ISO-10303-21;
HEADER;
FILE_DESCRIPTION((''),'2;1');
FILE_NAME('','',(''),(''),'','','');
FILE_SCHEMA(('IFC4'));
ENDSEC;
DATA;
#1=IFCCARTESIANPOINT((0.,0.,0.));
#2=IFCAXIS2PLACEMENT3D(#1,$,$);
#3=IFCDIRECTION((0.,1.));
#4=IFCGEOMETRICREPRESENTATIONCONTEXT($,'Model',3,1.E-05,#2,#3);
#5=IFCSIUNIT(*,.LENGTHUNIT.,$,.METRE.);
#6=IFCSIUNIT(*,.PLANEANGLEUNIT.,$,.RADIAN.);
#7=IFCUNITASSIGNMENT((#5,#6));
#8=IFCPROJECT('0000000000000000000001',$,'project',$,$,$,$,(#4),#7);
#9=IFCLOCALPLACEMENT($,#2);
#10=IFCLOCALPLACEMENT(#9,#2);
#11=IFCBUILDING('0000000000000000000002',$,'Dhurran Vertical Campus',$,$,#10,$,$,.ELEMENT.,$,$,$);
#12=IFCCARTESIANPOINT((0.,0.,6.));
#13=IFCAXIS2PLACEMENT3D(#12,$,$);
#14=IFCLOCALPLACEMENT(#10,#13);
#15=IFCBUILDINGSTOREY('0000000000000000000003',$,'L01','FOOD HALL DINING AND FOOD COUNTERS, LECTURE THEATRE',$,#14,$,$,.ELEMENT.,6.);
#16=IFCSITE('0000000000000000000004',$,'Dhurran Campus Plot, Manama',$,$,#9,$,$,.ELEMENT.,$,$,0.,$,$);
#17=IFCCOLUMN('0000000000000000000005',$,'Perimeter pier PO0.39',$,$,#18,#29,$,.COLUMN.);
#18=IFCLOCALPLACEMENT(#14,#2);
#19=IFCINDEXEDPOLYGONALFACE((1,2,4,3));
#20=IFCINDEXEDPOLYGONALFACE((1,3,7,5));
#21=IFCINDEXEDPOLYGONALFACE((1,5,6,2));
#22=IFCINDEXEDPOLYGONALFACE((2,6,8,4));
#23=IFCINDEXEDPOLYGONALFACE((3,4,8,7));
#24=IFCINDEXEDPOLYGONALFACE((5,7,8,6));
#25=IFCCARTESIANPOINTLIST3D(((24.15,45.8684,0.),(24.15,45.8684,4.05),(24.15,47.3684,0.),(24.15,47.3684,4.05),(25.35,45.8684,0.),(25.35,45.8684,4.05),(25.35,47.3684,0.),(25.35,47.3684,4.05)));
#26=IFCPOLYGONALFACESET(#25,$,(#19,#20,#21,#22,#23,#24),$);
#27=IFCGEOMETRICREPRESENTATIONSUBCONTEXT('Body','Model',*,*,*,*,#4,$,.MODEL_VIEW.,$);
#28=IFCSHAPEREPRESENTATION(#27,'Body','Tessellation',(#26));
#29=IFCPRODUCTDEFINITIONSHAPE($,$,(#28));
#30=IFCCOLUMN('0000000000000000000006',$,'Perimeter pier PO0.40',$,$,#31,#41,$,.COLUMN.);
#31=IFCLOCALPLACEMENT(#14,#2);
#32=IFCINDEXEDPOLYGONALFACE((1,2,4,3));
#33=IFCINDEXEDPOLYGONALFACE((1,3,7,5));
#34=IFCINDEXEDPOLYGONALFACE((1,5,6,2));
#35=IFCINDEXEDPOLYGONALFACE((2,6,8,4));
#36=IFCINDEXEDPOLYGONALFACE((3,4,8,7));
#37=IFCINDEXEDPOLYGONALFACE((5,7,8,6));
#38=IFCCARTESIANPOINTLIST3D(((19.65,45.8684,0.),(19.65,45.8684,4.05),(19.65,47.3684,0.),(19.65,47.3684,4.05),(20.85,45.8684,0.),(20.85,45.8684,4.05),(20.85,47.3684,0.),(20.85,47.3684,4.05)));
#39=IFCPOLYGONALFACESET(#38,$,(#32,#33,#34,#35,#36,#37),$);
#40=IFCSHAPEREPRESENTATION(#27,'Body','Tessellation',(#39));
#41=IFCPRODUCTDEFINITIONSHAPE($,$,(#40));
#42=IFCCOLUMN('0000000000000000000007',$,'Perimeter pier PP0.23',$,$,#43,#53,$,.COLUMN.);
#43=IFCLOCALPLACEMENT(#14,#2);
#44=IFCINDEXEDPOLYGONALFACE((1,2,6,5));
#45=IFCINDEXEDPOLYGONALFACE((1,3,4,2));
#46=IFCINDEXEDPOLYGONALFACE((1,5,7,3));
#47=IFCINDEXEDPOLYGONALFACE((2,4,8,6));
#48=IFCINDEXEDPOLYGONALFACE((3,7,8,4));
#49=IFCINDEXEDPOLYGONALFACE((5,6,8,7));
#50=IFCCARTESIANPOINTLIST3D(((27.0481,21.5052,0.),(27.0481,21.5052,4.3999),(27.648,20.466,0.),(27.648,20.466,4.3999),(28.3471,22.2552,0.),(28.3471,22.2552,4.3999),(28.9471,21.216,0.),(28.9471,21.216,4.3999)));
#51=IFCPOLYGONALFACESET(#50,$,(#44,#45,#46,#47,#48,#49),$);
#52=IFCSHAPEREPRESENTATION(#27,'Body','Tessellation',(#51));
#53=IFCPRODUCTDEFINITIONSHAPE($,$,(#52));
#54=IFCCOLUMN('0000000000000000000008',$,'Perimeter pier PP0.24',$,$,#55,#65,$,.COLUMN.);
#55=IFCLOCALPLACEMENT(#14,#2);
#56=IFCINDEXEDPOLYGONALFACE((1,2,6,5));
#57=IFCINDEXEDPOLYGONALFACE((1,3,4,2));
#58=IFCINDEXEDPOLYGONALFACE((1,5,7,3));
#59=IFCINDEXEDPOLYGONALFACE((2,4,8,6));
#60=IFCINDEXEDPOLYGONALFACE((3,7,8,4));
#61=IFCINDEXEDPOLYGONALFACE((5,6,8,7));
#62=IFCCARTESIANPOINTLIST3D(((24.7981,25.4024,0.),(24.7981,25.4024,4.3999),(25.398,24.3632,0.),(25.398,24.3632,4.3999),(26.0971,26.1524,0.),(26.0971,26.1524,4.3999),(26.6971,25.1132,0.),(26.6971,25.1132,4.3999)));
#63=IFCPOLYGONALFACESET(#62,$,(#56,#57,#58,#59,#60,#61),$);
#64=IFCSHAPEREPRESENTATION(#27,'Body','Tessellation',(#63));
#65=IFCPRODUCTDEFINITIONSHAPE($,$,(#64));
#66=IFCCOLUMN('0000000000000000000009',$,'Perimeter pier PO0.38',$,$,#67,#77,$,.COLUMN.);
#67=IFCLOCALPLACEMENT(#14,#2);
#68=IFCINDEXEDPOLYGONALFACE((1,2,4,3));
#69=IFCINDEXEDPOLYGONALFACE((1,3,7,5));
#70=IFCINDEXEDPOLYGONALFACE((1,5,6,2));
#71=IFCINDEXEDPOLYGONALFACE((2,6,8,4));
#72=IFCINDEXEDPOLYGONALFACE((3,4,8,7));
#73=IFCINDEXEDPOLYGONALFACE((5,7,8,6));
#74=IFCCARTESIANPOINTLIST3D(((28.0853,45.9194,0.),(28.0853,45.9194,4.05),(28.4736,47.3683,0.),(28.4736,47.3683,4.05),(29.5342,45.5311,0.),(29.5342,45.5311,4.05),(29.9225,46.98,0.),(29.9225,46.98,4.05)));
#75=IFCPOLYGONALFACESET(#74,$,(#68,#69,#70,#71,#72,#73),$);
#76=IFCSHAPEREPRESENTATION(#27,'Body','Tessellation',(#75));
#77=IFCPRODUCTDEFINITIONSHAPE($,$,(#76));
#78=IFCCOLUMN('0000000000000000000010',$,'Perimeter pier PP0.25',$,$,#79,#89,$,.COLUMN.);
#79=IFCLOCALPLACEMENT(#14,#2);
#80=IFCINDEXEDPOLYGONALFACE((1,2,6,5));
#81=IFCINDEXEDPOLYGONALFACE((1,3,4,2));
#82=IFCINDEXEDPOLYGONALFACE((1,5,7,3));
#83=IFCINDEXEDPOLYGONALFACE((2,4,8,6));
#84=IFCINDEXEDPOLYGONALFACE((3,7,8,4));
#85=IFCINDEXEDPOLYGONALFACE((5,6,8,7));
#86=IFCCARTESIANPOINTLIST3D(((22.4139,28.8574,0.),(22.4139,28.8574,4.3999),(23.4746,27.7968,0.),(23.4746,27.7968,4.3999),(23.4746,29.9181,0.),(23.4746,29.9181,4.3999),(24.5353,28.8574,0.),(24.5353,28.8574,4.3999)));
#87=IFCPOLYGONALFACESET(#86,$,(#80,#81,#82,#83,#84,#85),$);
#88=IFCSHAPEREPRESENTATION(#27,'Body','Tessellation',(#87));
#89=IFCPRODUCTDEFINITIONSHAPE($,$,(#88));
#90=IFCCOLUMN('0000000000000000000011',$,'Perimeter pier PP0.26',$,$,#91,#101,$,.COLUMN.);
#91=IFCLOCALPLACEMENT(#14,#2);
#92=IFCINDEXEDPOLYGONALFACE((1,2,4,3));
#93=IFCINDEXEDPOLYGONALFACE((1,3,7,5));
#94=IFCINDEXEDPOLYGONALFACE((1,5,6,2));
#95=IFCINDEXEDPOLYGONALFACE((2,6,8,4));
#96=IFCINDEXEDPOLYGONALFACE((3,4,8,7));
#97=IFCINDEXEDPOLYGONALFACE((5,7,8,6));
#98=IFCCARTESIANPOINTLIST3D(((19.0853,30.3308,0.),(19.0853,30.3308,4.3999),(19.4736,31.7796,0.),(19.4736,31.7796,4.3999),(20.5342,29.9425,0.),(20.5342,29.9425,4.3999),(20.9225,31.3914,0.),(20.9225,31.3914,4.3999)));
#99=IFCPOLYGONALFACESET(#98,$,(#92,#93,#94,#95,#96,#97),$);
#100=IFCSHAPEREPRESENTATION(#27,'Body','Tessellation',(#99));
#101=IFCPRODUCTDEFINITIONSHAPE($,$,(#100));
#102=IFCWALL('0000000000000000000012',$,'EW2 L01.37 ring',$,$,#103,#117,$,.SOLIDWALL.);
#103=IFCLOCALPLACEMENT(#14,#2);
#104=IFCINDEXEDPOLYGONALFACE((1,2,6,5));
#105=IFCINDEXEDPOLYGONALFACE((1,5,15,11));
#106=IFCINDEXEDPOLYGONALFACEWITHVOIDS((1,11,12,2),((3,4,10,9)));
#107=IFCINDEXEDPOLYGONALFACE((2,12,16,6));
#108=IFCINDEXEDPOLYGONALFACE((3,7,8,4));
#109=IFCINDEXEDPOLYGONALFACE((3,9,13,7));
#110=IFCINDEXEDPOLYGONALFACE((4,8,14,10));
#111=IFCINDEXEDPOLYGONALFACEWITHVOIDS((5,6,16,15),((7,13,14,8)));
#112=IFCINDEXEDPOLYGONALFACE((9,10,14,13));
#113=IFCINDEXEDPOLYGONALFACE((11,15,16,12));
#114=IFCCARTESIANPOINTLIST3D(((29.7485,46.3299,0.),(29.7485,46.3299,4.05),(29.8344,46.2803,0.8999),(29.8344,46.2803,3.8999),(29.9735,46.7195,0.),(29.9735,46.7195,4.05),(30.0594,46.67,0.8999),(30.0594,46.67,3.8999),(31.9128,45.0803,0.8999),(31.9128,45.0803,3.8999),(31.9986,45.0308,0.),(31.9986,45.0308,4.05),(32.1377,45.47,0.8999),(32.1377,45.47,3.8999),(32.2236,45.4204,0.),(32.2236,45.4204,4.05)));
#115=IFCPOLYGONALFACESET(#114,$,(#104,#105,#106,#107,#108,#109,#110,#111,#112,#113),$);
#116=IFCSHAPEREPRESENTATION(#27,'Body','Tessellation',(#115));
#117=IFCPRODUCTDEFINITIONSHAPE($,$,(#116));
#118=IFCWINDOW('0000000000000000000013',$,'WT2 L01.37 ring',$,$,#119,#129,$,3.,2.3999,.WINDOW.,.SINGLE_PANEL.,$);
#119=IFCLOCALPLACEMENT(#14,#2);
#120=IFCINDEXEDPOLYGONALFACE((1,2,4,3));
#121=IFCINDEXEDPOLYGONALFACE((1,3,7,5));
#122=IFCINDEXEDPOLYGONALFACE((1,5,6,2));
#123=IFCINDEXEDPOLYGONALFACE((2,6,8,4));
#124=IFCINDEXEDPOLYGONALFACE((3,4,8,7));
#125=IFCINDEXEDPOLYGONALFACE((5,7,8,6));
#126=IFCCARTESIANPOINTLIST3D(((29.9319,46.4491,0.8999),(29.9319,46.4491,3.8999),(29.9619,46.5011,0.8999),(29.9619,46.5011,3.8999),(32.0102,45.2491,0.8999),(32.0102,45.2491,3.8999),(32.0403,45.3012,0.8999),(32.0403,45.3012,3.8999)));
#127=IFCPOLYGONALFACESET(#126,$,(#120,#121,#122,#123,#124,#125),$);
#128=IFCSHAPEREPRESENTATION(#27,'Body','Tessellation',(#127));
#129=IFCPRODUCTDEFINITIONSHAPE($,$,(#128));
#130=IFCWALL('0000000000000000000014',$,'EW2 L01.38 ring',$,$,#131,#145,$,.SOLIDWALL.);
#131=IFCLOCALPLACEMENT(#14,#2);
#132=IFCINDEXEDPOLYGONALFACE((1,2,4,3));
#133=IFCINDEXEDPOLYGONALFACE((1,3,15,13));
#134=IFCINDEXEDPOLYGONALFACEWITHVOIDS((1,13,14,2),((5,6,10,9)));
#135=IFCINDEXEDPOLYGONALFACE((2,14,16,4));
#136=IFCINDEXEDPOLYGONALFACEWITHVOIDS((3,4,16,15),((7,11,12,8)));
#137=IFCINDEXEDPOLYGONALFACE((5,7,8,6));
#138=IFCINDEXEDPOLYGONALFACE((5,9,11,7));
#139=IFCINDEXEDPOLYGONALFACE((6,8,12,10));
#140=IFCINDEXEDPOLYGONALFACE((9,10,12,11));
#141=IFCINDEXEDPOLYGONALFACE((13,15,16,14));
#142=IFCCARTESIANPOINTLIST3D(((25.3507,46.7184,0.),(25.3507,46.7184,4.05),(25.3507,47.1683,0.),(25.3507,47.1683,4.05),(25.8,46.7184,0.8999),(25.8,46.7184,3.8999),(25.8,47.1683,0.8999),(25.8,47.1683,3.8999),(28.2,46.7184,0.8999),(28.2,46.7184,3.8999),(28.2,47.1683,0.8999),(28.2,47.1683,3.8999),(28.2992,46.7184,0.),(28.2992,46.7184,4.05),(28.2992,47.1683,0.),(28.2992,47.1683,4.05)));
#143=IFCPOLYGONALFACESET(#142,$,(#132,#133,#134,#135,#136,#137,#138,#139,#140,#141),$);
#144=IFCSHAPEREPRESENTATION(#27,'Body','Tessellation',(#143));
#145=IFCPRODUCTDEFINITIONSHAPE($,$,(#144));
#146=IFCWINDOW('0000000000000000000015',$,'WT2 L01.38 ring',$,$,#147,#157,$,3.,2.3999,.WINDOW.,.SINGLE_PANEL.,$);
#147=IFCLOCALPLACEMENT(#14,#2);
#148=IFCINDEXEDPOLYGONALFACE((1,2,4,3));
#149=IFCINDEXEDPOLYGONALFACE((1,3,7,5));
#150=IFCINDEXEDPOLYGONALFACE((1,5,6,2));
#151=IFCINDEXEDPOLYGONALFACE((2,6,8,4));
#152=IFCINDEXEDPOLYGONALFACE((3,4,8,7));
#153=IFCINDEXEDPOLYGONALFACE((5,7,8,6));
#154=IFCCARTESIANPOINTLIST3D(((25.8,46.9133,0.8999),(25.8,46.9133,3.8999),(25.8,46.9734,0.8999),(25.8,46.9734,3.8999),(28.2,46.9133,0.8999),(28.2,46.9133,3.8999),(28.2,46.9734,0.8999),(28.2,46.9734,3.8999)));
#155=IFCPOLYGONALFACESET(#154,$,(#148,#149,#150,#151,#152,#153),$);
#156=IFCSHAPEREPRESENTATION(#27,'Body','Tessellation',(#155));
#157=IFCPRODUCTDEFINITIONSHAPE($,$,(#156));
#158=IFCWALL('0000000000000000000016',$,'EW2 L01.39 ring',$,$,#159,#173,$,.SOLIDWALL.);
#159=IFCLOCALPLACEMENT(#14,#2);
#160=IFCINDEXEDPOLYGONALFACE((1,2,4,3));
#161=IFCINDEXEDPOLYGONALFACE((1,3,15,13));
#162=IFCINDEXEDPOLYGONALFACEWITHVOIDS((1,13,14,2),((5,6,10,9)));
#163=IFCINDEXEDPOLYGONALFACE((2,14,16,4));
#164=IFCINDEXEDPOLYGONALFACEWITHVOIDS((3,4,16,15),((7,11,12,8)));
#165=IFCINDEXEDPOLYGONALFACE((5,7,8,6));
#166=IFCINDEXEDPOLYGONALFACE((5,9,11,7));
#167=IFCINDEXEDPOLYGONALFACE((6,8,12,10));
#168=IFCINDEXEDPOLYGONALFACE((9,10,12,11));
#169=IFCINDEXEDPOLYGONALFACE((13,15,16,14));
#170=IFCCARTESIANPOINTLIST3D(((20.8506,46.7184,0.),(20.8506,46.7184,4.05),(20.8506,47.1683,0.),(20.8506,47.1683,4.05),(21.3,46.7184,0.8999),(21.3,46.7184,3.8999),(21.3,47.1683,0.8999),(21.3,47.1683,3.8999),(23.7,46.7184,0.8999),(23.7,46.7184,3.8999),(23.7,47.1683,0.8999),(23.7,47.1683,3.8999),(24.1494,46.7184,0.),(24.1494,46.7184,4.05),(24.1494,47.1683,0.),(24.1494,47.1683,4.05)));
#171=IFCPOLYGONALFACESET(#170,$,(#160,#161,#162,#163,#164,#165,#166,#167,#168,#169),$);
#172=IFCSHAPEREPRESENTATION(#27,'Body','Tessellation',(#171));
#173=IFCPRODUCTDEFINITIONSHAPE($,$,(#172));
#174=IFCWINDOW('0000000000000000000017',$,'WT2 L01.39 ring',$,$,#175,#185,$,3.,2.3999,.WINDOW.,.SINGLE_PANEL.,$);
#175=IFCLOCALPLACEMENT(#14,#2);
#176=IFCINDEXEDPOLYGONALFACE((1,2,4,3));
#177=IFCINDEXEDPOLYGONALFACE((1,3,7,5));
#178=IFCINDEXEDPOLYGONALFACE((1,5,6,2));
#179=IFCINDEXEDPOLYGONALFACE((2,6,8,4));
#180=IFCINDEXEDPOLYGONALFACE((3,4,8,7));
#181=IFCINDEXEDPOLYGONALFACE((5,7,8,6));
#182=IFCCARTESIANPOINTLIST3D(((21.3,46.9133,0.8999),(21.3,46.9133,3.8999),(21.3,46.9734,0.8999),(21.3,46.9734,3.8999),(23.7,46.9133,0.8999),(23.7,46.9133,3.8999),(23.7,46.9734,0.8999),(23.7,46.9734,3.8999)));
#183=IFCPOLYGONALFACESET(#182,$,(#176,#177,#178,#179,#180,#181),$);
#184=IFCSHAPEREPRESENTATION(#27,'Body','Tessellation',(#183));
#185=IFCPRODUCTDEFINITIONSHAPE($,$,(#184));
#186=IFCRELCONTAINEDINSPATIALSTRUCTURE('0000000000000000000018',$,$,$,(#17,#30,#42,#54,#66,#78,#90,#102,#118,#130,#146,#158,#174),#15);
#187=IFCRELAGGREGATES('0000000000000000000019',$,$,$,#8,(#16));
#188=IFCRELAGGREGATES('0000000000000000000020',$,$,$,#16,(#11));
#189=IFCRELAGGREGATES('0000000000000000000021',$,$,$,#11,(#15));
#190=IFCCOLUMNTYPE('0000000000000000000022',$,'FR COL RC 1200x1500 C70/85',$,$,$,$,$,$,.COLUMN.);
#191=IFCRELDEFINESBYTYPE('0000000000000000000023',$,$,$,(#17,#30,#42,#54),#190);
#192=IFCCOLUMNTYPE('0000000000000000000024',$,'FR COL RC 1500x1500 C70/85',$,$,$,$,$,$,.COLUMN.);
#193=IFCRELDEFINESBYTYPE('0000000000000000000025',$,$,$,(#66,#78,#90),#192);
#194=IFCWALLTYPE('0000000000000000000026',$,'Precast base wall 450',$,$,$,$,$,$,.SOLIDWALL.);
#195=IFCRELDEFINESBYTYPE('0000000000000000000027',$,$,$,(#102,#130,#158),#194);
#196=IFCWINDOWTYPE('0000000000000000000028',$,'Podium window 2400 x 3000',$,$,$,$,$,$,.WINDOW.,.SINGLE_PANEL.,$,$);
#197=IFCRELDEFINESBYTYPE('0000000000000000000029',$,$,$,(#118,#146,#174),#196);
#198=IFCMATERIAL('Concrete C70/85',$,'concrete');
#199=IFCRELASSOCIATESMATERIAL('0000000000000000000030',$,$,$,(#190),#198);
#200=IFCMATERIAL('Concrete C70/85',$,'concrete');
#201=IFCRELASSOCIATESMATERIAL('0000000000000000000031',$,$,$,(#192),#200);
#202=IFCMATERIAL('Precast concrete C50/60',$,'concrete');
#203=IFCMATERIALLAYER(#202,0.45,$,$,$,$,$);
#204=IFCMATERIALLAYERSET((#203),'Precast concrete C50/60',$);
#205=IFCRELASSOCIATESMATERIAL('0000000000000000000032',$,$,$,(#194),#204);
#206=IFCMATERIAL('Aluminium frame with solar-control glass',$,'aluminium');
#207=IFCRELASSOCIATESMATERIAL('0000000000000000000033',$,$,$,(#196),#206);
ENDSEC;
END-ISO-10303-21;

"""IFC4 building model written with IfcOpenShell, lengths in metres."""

from ifc_helpers import new_model, si_unit, direction, frame, frame_2d, origin, origin_2d, place, context, subcontext, project, spatial, rectangle, extrude, material, layer, layer_set, material_profile, profile_set, type_object, element, fill, save


model = new_model("IFC4")

# Units and contexts
model_context = context("Model", 3, precision=1e-05, world=origin(), true_north=direction((0.0, 1.0)))
body_context = subcontext(model_context, "Body", "Model", "MODEL_VIEW")
ifc_project = project(units=[si_unit("LENGTHUNIT", "METRE"), si_unit("PLANEANGLEUNIT", "RADIAN")], contexts=[model_context])

# Site, building, storey
site_placement = place(None, origin())
site = spatial("IfcSite", under=ifc_project, at=site_placement, Name="Dhurran Campus Plot, Manama", CompositionType="ELEMENT", RefElevation=0.0)
building_placement = place(site_placement, origin())
building = spatial("IfcBuilding", under=site, at=building_placement, Name="Dhurran Vertical Campus", CompositionType="ELEMENT")
storey_placement = place(building_placement, frame((0.0, 0.0, 6.0)))
storey = spatial("IfcBuildingStorey", under=building, at=storey_placement, Name="L01", Description="FOOD HALL DINING AND FOOD COUNTERS, LECTURE THEATRE", CompositionType="ELEMENT", Elevation=6.0)

# Columns
ifc_material_1 = material(Name="Concrete C70/85", Category="concrete")
ifc_material_profile_1 = material_profile(ifc_material_1, rectangle(XDim=1.2, YDim=1.5, at=origin_2d()), Name="RC 1200x1500")
ifc_profile_set_1 = profile_set([ifc_material_profile_1], Name="Concrete C70/85")
column_type_1 = type_object("IfcColumnType", Name="FR COL RC 1200x1500 C70/85", PredefinedType="COLUMN", material=ifc_profile_set_1)
for number, where, z_axis, x_axis, name in (
    (1, (24.75, 46.6184, 0.0), (0.0, 0.0, 1.0), (-1.0, 0.0, 0.0), "Perimeter pier PO0.39"),
    (2, (20.25, 46.6184, 0.0), (0.0, 0.0, 1.0), (-1.0, 0.0, 0.0), "Perimeter pier PO0.40"),
):
    element("IfcColumn", number, at=place(storey_placement, frame(where, z_axis=z_axis, x_axis=x_axis)), inside=storey, type_object=column_type_1, Name=name, PredefinedType="COLUMN", context=body_context, shape_type="SweptSolid", body=[
        extrude(rectangle(XDim=1.2, YDim=1.5, at=origin_2d()), origin(), (0.0, 0.0, 1.0), 4.05),
    ])
for number, where, z_axis, x_axis, name in (
    (3, (27.9976, 21.3606, 0.0), (0.0, 0.0, 1.0), (-0.5, 0.866025, 0.0), "Perimeter pier PP0.23"),
    (4, (25.7476, 25.2578, 0.0), (0.0, 0.0, 1.0), (-0.5, 0.866025, 0.0), "Perimeter pier PP0.24"),
):
    element("IfcColumn", number, at=place(storey_placement, frame(where, z_axis=z_axis, x_axis=x_axis)), inside=storey, type_object=column_type_1, Name=name, PredefinedType="COLUMN", context=body_context, shape_type="SweptSolid", body=[
        extrude(rectangle(XDim=1.2, YDim=1.5, at=origin_2d()), origin(), (0.0, 0.0, 1.0), 4.3999),
    ])
ifc_material_2 = material(Name="Concrete C70/85", Category="concrete")
ifc_material_profile_2 = material_profile(ifc_material_2, rectangle(XDim=1.5, YDim=1.5, at=origin_2d()), Name="RC 1500x1500")
ifc_profile_set_2 = profile_set([ifc_material_profile_2], Name="Concrete C70/85")
column_type_2 = type_object("IfcColumnType", Name="FR COL RC 1500x1500 C70/85", PredefinedType="COLUMN", material=ifc_profile_set_2)
column_placement = place(storey_placement, frame((29.0039, 46.4497, 0.0), z_axis=(0.0, 0.0, 1.0), x_axis=(-0.965926, 0.258819, 0.0)))
element("IfcColumn", 5, at=column_placement, inside=storey, type_object=column_type_2, Name="Perimeter pier PO0.38", PredefinedType="COLUMN", context=body_context, shape_type="SweptSolid", body=[
    extrude(rectangle(XDim=1.5, YDim=1.5, at=origin_2d()), origin(), (0.0, 0.0, 1.0), 4.05),
])
for number, where, z_axis, x_axis, name in (
    (6, (23.4746, 28.8574, 0.0), (0.0, 0.0, 1.0), (-0.707107, 0.707107, 0.0), "Perimeter pier PP0.25"),
    (7, (20.0039, 30.8611, 0.0), (0.0, 0.0, 1.0), (-0.965926, 0.258819, 0.0), "Perimeter pier PP0.26"),
):
    element("IfcColumn", number, at=place(storey_placement, frame(where, z_axis=z_axis, x_axis=x_axis)), inside=storey, type_object=column_type_2, Name=name, PredefinedType="COLUMN", context=body_context, shape_type="SweptSolid", body=[
        extrude(rectangle(XDim=1.5, YDim=1.5, at=origin_2d()), origin(), (0.0, 0.0, 1.0), 4.3999),
    ])

# Walls, openings, windows
ifc_material_3 = material(Name="Precast concrete C50/60", Category="concrete")
ifc_layer_1 = layer(ifc_material_3, 0.45)
ifc_layer_set_1 = layer_set([ifc_layer_1], Name="Precast concrete C50/60")
wall_type_1 = type_object("IfcWallType", Name="Precast base wall 450", PredefinedType="SOLIDWALL", material=ifc_layer_set_1)
wall_1_placement = place(storey_placement, frame((32.1111, 45.2256, 0.0), z_axis=(0.0, 0.0, 1.0), x_axis=(-0.86602, 0.50001, 0.0)))
wall_1 = element("IfcWall", 8, at=wall_1_placement, inside=storey, type_object=wall_type_1, Name="EW2 L01.37 ring", PredefinedType="SOLIDWALL", context=body_context, shape_type="SweptSolid", body=[
    extrude(rectangle(XDim=2.5981, YDim=0.45, at=frame_2d((1.2991, 0.0))), origin(), (0.0, 0.0, 1.0), 4.05),
])
opening_1_placement = place(wall_1_placement, frame((0.0991, 0.0, 0.8999)))
opening_1 = element("IfcOpeningElement", 9, at=opening_1_placement, cuts=wall_1, PredefinedType="OPENING", context=body_context, shape_type="SweptSolid", body=[
    extrude(rectangle(XDim=2.3999, YDim=3.0, at=frame_2d((1.2, 1.5))), frame((0.0, 0.2349, 0.0), z_axis=(0.0, -1.0, 0.0), x_axis=(1.0, 0.0, 0.0)), (0.0, 0.0, 1.0), 0.47),
])
ifc_material_4 = material(Name="Aluminium frame with solar-control glass", Category="aluminium")
window_type = type_object("IfcWindowType", Name="Podium window 2400 x 3000", PartitioningType="SINGLE_PANEL", PredefinedType="WINDOW", material=ifc_material_4)
window_1_placement = place(opening_1_placement, origin())
window_1 = element("IfcWindow", 10, at=window_1_placement, inside=storey, type_object=window_type, Name="WT2 L01.37 ring", OverallHeight=3.0, OverallWidth=2.3999, PartitioningType="SINGLE_PANEL", PredefinedType="WINDOW", context=body_context, shape_type="SweptSolid", body=[
    extrude(rectangle(XDim=2.3999, YDim=3.0, at=frame_2d((1.2, 1.5))), frame((0.0, 0.03, 0.0), z_axis=(0.0, -1.0, 0.0), x_axis=(1.0, 0.0, 0.0)), (0.0, 0.0, 1.0), 0.0601),
])
fill(opening_1, window_1)
wall_2_placement = place(storey_placement, frame((28.2991, 46.9434, 0.0), z_axis=(0.0, 0.0, 1.0), x_axis=(-1.0, 0.0, 0.0)))
wall_2 = element("IfcWall", 11, at=wall_2_placement, inside=storey, type_object=wall_type_1, Name="EW2 L01.38 ring", PredefinedType="SOLIDWALL", context=body_context, shape_type="SweptSolid", body=[
    extrude(rectangle(XDim=2.9485, YDim=0.45, at=frame_2d((1.4741, 0.0))), origin(), (0.0, 0.0, 1.0), 4.05),
])
opening_2_placement = place(wall_2_placement, frame((0.0991, 0.0, 0.8999)))
opening_2 = element("IfcOpeningElement", 12, at=opening_2_placement, cuts=wall_2, PredefinedType="OPENING", context=body_context, shape_type="SweptSolid", body=[
    extrude(rectangle(XDim=2.3999, YDim=3.0, at=frame_2d((1.2, 1.5))), frame((0.0, 0.2349, 0.0), z_axis=(0.0, -1.0, 0.0), x_axis=(1.0, 0.0, 0.0)), (0.0, 0.0, 1.0), 0.47),
])
window_2_placement = place(opening_2_placement, origin())
window_2 = element("IfcWindow", 13, at=window_2_placement, inside=storey, type_object=window_type, Name="WT2 L01.38 ring", OverallHeight=3.0, OverallWidth=2.3999, PartitioningType="SINGLE_PANEL", PredefinedType="WINDOW", context=body_context, shape_type="SweptSolid", body=[
    extrude(rectangle(XDim=2.3999, YDim=3.0, at=frame_2d((1.2, 1.5))), frame((0.0, 0.03, 0.0), z_axis=(0.0, -1.0, 0.0), x_axis=(1.0, 0.0, 0.0)), (0.0, 0.0, 1.0), 0.0601),
])
fill(opening_2, window_2)
wall_3_placement = place(storey_placement, frame((24.1494, 46.9434, 0.0), z_axis=(0.0, 0.0, 1.0), x_axis=(-1.0, 0.0, 0.0)))
wall_3 = element("IfcWall", 14, at=wall_3_placement, inside=storey, type_object=wall_type_1, Name="EW2 L01.39 ring", PredefinedType="SOLIDWALL", context=body_context, shape_type="SweptSolid", body=[
    extrude(rectangle(XDim=3.2988, YDim=0.45, at=frame_2d((1.6494, 0.0))), origin(), (0.0, 0.0, 1.0), 4.05),
])
opening_3_placement = place(wall_3_placement, frame((0.4495, 0.0, 0.8999)))
opening_3 = element("IfcOpeningElement", 15, at=opening_3_placement, cuts=wall_3, PredefinedType="OPENING", context=body_context, shape_type="SweptSolid", body=[
    extrude(rectangle(XDim=2.3999, YDim=3.0, at=frame_2d((1.2, 1.5))), frame((0.0, 0.2349, 0.0), z_axis=(0.0, -1.0, 0.0), x_axis=(1.0, 0.0, 0.0)), (0.0, 0.0, 1.0), 0.47),
])
window_3_placement = place(opening_3_placement, origin())
window_3 = element("IfcWindow", 16, at=window_3_placement, inside=storey, type_object=window_type, Name="WT2 L01.39 ring", OverallHeight=3.0, OverallWidth=2.3999, PartitioningType="SINGLE_PANEL", PredefinedType="WINDOW", context=body_context, shape_type="SweptSolid", body=[
    extrude(rectangle(XDim=2.3999, YDim=3.0, at=frame_2d((1.2, 1.5))), frame((0.0, 0.03, 0.0), z_axis=(0.0, -1.0, 0.0), x_axis=(1.0, 0.0, 0.0)), (0.0, 0.0, 1.0), 0.0601),
])
fill(opening_3, window_3)

save(model, "model.ifc")
